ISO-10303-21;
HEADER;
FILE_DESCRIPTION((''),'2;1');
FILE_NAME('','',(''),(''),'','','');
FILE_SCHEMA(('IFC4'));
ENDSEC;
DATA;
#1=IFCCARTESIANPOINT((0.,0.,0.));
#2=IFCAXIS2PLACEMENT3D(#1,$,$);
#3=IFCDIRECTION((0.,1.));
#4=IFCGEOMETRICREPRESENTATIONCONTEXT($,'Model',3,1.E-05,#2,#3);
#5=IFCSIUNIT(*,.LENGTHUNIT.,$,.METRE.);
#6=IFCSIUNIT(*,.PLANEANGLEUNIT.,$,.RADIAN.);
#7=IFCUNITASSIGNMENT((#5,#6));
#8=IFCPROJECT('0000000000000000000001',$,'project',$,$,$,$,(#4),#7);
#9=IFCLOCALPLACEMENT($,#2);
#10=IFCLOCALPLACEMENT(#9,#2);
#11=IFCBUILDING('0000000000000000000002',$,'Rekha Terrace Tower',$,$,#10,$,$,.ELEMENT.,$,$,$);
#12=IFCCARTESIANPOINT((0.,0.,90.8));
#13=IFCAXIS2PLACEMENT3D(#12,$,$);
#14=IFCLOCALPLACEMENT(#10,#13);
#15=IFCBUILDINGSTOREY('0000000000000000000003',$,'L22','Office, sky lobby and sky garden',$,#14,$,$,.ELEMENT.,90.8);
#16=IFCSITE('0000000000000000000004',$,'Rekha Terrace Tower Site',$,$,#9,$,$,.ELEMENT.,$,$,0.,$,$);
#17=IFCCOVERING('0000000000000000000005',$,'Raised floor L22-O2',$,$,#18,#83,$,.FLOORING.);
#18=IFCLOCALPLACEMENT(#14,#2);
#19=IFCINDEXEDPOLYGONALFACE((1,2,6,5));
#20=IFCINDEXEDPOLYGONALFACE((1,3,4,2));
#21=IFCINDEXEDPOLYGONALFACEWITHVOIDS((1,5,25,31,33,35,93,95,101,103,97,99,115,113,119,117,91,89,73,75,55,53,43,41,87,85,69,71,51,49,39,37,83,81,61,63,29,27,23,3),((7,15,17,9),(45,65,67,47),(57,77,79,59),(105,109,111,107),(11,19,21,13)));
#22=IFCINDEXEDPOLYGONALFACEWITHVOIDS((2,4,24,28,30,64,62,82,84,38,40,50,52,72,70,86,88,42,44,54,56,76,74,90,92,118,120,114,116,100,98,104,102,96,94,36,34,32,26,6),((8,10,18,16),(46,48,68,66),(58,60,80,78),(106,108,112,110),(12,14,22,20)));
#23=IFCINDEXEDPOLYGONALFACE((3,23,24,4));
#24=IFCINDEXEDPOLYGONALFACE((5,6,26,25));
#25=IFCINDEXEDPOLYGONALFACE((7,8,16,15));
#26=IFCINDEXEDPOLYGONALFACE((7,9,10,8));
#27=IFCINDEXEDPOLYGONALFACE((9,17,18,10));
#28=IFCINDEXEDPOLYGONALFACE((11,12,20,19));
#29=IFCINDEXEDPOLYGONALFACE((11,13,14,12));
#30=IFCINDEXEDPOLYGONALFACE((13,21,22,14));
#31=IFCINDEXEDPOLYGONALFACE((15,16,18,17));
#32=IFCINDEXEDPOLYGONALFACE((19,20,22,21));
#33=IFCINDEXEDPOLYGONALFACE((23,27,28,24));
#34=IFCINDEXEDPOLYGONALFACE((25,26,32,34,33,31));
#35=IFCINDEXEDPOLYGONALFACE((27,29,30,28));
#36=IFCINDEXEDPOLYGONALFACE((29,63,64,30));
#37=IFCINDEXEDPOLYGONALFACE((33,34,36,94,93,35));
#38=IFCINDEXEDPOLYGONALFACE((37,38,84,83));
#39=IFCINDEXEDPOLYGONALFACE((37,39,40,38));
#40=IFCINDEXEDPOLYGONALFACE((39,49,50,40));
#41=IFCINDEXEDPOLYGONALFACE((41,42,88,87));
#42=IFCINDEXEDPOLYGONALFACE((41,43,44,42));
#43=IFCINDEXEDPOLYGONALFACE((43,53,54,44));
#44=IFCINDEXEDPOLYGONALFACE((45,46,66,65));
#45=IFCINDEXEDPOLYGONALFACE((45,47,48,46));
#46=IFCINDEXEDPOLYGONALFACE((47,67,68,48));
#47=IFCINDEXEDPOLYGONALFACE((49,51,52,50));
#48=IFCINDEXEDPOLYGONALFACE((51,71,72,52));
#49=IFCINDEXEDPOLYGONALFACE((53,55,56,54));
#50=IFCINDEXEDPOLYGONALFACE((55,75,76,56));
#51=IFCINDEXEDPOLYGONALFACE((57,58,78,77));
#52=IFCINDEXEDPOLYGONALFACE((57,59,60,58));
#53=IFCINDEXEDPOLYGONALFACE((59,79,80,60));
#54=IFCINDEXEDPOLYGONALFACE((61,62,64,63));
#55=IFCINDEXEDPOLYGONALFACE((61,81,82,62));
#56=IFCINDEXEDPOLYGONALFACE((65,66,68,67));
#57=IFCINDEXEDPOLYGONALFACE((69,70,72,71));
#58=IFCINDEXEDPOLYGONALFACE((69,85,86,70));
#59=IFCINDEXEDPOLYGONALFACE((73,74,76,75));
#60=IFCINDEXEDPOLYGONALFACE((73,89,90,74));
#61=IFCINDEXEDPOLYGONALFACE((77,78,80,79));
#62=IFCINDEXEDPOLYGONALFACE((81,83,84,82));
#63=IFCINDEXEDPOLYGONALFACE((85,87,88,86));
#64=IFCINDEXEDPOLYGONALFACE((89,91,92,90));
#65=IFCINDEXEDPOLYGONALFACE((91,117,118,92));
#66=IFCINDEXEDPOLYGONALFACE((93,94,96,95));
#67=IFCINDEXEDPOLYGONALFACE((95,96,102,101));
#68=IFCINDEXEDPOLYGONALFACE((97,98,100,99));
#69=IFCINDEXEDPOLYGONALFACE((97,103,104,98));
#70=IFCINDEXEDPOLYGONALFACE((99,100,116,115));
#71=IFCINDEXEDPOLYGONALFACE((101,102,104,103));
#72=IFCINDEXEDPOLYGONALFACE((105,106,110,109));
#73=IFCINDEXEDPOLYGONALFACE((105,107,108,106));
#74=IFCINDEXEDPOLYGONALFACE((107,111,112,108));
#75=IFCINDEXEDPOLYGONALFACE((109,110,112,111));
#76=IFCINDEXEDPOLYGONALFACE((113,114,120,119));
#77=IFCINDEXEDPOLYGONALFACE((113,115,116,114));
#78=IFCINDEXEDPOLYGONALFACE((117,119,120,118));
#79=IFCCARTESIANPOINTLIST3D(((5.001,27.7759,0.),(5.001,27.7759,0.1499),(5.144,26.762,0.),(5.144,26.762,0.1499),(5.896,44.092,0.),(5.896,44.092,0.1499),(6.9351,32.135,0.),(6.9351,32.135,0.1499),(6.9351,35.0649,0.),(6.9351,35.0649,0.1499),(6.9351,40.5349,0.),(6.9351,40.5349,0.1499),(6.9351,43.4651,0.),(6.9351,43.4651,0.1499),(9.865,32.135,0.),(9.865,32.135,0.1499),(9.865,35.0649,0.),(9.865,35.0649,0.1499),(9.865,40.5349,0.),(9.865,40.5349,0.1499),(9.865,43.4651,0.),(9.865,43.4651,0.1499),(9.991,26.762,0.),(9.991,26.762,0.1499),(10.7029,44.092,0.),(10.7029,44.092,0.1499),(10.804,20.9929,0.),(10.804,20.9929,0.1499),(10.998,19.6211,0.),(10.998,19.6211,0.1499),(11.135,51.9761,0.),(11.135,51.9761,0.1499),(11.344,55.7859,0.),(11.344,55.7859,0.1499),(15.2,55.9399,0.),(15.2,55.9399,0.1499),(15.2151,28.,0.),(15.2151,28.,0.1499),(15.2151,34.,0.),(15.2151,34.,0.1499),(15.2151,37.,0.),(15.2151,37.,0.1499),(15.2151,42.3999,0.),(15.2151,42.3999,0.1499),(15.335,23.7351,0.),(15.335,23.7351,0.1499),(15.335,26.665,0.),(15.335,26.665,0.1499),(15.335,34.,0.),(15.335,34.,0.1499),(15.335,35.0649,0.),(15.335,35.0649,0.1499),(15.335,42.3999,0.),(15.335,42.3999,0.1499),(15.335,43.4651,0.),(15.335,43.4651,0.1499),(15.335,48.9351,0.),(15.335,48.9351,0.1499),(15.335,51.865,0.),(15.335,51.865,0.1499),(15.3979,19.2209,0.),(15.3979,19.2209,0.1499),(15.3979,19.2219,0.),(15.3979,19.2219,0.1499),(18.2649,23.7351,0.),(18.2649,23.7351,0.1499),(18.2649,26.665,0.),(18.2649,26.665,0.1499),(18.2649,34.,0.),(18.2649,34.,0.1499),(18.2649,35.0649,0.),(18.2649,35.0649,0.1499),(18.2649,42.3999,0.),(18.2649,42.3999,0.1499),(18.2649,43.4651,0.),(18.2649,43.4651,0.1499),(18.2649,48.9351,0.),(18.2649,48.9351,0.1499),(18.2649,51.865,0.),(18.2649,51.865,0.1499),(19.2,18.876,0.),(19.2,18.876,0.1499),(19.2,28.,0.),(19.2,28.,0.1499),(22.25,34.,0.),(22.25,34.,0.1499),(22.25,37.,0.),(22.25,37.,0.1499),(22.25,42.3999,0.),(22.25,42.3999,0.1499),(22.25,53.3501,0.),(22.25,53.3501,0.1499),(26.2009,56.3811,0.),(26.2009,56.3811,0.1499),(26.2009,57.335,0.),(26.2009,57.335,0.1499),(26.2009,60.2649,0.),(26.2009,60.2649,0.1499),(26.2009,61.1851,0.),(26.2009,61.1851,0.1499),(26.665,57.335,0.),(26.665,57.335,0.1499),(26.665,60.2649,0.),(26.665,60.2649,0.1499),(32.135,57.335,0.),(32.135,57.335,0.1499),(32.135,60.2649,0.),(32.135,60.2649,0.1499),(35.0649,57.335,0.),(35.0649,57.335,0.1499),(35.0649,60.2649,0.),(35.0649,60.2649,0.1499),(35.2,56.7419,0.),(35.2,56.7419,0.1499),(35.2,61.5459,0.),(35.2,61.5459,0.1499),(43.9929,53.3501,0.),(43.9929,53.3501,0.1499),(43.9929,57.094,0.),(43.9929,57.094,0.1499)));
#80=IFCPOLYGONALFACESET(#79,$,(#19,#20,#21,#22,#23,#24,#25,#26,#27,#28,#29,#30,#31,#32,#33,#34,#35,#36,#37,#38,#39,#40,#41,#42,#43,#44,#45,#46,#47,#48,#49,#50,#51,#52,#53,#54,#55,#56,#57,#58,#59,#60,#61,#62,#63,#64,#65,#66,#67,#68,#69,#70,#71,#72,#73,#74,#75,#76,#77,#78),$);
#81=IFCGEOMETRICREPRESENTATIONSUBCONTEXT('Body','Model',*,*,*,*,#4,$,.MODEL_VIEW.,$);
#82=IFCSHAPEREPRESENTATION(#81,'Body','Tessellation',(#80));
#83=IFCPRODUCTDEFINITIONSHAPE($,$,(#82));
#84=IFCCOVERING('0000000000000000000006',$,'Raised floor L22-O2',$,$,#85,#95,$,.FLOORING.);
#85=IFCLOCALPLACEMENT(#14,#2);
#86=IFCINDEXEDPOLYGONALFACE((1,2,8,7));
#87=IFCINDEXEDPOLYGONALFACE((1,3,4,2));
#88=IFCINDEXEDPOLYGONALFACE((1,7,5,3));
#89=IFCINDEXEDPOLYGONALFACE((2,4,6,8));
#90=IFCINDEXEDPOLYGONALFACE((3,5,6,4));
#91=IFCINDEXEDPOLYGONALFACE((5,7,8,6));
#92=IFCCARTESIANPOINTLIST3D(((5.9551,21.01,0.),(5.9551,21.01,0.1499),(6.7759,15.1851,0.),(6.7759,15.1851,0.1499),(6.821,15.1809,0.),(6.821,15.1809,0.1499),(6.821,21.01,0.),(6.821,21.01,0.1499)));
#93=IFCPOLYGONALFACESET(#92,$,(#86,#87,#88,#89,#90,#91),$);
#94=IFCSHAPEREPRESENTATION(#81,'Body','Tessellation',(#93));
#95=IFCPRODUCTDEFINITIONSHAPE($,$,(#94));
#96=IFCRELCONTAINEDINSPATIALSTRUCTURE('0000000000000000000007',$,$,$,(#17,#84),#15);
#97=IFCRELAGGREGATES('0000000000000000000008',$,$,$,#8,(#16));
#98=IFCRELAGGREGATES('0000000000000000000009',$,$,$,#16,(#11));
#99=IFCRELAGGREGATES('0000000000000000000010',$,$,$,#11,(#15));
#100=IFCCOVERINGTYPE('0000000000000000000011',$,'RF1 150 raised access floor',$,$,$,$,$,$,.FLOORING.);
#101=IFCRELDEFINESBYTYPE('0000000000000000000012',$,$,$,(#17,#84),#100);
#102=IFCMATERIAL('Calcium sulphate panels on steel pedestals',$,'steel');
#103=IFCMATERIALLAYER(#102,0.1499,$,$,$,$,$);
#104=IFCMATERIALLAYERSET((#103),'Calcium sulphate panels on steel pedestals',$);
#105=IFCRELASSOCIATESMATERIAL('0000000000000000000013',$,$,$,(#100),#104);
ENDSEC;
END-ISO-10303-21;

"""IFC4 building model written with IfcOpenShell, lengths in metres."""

from ifc_helpers import new_model, si_unit, direction, frame, origin, place, context, subcontext, project, spatial, polyline, outline, extrude, material, layer, layer_set, type_object, element, save


model = new_model("IFC4")

# Units and contexts
model_context = context("Model", 3, precision=1e-05, world=origin(), true_north=direction((0.0, 1.0)))
body_context = subcontext(model_context, "Body", "Model", "MODEL_VIEW")
ifc_project = project(units=[si_unit("LENGTHUNIT", "METRE"), si_unit("PLANEANGLEUNIT", "RADIAN")], contexts=[model_context])

# Site, building, storey
site_placement = place(None, origin())
site = spatial("IfcSite", under=ifc_project, at=site_placement, Name="Rekha Terrace Tower Site", CompositionType="ELEMENT", RefElevation=0.0)
building_placement = place(site_placement, origin())
building = spatial("IfcBuilding", under=site, at=building_placement, Name="Rekha Terrace Tower", CompositionType="ELEMENT")
storey_placement = place(building_placement, frame((0.0, 0.0, 90.8)))
storey = spatial("IfcBuildingStorey", under=building, at=storey_placement, Name="L22", Description="Office, sky lobby and sky garden", CompositionType="ELEMENT", Elevation=90.8)

# Coverings
ifc_material_1 = material(Name="Calcium sulphate panels on steel pedestals", Category="steel")
ifc_layer_1 = layer(ifc_material_1, 0.1499)
ifc_layer_set_1 = layer_set([ifc_layer_1], Name="Calcium sulphate panels on steel pedestals")
covering_type_1 = type_object("IfcCoveringType", Name="RF1 150 raised access floor", PredefinedType="FLOORING", material=ifc_layer_set_1)
covering_1_placement = place(storey_placement, origin())
element("IfcCovering", 1, at=covering_1_placement, inside=storey, type_object=covering_type_1, Name="Raised floor L22-O2", PredefinedType="FLOORING", context=body_context, shape_type="SweptSolid", body=[
    extrude(outline(polyline([(11.344, 55.7859), (11.135, 51.9761), (10.7029, 44.092), (5.896, 44.092), (5.001, 27.7759), (5.144, 26.762), (9.991, 26.762), (10.804, 20.9929), (10.998, 19.6211), (15.3979, 19.2219), (15.3979, 19.2209), (19.2, 18.876), (19.2, 28.0), (15.2151, 28.0), (15.2151, 34.0), (15.335, 34.0), (15.335, 35.0649), (18.2649, 35.0649), (18.2649, 34.0), (22.25, 34.0), (22.25, 37.0), (15.2151, 37.0), (15.2151, 42.3999), (15.335, 42.3999), (15.335, 43.4651), (18.2649, 43.4651), (18.2649, 42.3999), (22.25, 42.3999), (22.25, 53.3501), (43.9929, 53.3501), (43.9929, 57.094), (35.2, 56.7419), (35.2, 61.5459), (26.2009, 61.1851), (26.2009, 60.2649), (26.665, 60.2649), (26.665, 57.335), (26.2009, 57.335), (26.2009, 56.3811), (15.2, 55.9399), (11.344, 55.7859)]), holes=[polyline([(35.0649, 57.335), (32.135, 57.335), (32.135, 60.2649), (35.0649, 60.2649), (35.0649, 57.335)]), polyline([(18.2649, 26.665), (18.2649, 23.7351), (15.335, 23.7351), (15.335, 26.665), (18.2649, 26.665)]), polyline([(18.2649, 48.9351), (15.335, 48.9351), (15.335, 51.865), (18.2649, 51.865), (18.2649, 48.9351)]), polyline([(9.865, 32.135), (6.9351, 32.135), (6.9351, 35.0649), (9.865, 35.0649), (9.865, 32.135)]), polyline([(9.865, 40.5349), (6.9351, 40.5349), (6.9351, 43.4651), (9.865, 43.4651), (9.865, 40.5349)])]), origin(), (0.0, 0.0, 1.0), 0.1499),
])
covering_2_placement = place(storey_placement, origin())
element("IfcCovering", 2, at=covering_2_placement, inside=storey, type_object=covering_type_1, Name="Raised floor L22-O2", PredefinedType="FLOORING", context=body_context, shape_type="SweptSolid", body=[
    extrude(outline(polyline([(6.821, 15.1809), (6.821, 21.01), (5.9551, 21.01), (6.7759, 15.1851), (6.821, 15.1809)])), origin(), (0.0, 0.0, 1.0), 0.1499),
])

save(model, "model.ifc")
